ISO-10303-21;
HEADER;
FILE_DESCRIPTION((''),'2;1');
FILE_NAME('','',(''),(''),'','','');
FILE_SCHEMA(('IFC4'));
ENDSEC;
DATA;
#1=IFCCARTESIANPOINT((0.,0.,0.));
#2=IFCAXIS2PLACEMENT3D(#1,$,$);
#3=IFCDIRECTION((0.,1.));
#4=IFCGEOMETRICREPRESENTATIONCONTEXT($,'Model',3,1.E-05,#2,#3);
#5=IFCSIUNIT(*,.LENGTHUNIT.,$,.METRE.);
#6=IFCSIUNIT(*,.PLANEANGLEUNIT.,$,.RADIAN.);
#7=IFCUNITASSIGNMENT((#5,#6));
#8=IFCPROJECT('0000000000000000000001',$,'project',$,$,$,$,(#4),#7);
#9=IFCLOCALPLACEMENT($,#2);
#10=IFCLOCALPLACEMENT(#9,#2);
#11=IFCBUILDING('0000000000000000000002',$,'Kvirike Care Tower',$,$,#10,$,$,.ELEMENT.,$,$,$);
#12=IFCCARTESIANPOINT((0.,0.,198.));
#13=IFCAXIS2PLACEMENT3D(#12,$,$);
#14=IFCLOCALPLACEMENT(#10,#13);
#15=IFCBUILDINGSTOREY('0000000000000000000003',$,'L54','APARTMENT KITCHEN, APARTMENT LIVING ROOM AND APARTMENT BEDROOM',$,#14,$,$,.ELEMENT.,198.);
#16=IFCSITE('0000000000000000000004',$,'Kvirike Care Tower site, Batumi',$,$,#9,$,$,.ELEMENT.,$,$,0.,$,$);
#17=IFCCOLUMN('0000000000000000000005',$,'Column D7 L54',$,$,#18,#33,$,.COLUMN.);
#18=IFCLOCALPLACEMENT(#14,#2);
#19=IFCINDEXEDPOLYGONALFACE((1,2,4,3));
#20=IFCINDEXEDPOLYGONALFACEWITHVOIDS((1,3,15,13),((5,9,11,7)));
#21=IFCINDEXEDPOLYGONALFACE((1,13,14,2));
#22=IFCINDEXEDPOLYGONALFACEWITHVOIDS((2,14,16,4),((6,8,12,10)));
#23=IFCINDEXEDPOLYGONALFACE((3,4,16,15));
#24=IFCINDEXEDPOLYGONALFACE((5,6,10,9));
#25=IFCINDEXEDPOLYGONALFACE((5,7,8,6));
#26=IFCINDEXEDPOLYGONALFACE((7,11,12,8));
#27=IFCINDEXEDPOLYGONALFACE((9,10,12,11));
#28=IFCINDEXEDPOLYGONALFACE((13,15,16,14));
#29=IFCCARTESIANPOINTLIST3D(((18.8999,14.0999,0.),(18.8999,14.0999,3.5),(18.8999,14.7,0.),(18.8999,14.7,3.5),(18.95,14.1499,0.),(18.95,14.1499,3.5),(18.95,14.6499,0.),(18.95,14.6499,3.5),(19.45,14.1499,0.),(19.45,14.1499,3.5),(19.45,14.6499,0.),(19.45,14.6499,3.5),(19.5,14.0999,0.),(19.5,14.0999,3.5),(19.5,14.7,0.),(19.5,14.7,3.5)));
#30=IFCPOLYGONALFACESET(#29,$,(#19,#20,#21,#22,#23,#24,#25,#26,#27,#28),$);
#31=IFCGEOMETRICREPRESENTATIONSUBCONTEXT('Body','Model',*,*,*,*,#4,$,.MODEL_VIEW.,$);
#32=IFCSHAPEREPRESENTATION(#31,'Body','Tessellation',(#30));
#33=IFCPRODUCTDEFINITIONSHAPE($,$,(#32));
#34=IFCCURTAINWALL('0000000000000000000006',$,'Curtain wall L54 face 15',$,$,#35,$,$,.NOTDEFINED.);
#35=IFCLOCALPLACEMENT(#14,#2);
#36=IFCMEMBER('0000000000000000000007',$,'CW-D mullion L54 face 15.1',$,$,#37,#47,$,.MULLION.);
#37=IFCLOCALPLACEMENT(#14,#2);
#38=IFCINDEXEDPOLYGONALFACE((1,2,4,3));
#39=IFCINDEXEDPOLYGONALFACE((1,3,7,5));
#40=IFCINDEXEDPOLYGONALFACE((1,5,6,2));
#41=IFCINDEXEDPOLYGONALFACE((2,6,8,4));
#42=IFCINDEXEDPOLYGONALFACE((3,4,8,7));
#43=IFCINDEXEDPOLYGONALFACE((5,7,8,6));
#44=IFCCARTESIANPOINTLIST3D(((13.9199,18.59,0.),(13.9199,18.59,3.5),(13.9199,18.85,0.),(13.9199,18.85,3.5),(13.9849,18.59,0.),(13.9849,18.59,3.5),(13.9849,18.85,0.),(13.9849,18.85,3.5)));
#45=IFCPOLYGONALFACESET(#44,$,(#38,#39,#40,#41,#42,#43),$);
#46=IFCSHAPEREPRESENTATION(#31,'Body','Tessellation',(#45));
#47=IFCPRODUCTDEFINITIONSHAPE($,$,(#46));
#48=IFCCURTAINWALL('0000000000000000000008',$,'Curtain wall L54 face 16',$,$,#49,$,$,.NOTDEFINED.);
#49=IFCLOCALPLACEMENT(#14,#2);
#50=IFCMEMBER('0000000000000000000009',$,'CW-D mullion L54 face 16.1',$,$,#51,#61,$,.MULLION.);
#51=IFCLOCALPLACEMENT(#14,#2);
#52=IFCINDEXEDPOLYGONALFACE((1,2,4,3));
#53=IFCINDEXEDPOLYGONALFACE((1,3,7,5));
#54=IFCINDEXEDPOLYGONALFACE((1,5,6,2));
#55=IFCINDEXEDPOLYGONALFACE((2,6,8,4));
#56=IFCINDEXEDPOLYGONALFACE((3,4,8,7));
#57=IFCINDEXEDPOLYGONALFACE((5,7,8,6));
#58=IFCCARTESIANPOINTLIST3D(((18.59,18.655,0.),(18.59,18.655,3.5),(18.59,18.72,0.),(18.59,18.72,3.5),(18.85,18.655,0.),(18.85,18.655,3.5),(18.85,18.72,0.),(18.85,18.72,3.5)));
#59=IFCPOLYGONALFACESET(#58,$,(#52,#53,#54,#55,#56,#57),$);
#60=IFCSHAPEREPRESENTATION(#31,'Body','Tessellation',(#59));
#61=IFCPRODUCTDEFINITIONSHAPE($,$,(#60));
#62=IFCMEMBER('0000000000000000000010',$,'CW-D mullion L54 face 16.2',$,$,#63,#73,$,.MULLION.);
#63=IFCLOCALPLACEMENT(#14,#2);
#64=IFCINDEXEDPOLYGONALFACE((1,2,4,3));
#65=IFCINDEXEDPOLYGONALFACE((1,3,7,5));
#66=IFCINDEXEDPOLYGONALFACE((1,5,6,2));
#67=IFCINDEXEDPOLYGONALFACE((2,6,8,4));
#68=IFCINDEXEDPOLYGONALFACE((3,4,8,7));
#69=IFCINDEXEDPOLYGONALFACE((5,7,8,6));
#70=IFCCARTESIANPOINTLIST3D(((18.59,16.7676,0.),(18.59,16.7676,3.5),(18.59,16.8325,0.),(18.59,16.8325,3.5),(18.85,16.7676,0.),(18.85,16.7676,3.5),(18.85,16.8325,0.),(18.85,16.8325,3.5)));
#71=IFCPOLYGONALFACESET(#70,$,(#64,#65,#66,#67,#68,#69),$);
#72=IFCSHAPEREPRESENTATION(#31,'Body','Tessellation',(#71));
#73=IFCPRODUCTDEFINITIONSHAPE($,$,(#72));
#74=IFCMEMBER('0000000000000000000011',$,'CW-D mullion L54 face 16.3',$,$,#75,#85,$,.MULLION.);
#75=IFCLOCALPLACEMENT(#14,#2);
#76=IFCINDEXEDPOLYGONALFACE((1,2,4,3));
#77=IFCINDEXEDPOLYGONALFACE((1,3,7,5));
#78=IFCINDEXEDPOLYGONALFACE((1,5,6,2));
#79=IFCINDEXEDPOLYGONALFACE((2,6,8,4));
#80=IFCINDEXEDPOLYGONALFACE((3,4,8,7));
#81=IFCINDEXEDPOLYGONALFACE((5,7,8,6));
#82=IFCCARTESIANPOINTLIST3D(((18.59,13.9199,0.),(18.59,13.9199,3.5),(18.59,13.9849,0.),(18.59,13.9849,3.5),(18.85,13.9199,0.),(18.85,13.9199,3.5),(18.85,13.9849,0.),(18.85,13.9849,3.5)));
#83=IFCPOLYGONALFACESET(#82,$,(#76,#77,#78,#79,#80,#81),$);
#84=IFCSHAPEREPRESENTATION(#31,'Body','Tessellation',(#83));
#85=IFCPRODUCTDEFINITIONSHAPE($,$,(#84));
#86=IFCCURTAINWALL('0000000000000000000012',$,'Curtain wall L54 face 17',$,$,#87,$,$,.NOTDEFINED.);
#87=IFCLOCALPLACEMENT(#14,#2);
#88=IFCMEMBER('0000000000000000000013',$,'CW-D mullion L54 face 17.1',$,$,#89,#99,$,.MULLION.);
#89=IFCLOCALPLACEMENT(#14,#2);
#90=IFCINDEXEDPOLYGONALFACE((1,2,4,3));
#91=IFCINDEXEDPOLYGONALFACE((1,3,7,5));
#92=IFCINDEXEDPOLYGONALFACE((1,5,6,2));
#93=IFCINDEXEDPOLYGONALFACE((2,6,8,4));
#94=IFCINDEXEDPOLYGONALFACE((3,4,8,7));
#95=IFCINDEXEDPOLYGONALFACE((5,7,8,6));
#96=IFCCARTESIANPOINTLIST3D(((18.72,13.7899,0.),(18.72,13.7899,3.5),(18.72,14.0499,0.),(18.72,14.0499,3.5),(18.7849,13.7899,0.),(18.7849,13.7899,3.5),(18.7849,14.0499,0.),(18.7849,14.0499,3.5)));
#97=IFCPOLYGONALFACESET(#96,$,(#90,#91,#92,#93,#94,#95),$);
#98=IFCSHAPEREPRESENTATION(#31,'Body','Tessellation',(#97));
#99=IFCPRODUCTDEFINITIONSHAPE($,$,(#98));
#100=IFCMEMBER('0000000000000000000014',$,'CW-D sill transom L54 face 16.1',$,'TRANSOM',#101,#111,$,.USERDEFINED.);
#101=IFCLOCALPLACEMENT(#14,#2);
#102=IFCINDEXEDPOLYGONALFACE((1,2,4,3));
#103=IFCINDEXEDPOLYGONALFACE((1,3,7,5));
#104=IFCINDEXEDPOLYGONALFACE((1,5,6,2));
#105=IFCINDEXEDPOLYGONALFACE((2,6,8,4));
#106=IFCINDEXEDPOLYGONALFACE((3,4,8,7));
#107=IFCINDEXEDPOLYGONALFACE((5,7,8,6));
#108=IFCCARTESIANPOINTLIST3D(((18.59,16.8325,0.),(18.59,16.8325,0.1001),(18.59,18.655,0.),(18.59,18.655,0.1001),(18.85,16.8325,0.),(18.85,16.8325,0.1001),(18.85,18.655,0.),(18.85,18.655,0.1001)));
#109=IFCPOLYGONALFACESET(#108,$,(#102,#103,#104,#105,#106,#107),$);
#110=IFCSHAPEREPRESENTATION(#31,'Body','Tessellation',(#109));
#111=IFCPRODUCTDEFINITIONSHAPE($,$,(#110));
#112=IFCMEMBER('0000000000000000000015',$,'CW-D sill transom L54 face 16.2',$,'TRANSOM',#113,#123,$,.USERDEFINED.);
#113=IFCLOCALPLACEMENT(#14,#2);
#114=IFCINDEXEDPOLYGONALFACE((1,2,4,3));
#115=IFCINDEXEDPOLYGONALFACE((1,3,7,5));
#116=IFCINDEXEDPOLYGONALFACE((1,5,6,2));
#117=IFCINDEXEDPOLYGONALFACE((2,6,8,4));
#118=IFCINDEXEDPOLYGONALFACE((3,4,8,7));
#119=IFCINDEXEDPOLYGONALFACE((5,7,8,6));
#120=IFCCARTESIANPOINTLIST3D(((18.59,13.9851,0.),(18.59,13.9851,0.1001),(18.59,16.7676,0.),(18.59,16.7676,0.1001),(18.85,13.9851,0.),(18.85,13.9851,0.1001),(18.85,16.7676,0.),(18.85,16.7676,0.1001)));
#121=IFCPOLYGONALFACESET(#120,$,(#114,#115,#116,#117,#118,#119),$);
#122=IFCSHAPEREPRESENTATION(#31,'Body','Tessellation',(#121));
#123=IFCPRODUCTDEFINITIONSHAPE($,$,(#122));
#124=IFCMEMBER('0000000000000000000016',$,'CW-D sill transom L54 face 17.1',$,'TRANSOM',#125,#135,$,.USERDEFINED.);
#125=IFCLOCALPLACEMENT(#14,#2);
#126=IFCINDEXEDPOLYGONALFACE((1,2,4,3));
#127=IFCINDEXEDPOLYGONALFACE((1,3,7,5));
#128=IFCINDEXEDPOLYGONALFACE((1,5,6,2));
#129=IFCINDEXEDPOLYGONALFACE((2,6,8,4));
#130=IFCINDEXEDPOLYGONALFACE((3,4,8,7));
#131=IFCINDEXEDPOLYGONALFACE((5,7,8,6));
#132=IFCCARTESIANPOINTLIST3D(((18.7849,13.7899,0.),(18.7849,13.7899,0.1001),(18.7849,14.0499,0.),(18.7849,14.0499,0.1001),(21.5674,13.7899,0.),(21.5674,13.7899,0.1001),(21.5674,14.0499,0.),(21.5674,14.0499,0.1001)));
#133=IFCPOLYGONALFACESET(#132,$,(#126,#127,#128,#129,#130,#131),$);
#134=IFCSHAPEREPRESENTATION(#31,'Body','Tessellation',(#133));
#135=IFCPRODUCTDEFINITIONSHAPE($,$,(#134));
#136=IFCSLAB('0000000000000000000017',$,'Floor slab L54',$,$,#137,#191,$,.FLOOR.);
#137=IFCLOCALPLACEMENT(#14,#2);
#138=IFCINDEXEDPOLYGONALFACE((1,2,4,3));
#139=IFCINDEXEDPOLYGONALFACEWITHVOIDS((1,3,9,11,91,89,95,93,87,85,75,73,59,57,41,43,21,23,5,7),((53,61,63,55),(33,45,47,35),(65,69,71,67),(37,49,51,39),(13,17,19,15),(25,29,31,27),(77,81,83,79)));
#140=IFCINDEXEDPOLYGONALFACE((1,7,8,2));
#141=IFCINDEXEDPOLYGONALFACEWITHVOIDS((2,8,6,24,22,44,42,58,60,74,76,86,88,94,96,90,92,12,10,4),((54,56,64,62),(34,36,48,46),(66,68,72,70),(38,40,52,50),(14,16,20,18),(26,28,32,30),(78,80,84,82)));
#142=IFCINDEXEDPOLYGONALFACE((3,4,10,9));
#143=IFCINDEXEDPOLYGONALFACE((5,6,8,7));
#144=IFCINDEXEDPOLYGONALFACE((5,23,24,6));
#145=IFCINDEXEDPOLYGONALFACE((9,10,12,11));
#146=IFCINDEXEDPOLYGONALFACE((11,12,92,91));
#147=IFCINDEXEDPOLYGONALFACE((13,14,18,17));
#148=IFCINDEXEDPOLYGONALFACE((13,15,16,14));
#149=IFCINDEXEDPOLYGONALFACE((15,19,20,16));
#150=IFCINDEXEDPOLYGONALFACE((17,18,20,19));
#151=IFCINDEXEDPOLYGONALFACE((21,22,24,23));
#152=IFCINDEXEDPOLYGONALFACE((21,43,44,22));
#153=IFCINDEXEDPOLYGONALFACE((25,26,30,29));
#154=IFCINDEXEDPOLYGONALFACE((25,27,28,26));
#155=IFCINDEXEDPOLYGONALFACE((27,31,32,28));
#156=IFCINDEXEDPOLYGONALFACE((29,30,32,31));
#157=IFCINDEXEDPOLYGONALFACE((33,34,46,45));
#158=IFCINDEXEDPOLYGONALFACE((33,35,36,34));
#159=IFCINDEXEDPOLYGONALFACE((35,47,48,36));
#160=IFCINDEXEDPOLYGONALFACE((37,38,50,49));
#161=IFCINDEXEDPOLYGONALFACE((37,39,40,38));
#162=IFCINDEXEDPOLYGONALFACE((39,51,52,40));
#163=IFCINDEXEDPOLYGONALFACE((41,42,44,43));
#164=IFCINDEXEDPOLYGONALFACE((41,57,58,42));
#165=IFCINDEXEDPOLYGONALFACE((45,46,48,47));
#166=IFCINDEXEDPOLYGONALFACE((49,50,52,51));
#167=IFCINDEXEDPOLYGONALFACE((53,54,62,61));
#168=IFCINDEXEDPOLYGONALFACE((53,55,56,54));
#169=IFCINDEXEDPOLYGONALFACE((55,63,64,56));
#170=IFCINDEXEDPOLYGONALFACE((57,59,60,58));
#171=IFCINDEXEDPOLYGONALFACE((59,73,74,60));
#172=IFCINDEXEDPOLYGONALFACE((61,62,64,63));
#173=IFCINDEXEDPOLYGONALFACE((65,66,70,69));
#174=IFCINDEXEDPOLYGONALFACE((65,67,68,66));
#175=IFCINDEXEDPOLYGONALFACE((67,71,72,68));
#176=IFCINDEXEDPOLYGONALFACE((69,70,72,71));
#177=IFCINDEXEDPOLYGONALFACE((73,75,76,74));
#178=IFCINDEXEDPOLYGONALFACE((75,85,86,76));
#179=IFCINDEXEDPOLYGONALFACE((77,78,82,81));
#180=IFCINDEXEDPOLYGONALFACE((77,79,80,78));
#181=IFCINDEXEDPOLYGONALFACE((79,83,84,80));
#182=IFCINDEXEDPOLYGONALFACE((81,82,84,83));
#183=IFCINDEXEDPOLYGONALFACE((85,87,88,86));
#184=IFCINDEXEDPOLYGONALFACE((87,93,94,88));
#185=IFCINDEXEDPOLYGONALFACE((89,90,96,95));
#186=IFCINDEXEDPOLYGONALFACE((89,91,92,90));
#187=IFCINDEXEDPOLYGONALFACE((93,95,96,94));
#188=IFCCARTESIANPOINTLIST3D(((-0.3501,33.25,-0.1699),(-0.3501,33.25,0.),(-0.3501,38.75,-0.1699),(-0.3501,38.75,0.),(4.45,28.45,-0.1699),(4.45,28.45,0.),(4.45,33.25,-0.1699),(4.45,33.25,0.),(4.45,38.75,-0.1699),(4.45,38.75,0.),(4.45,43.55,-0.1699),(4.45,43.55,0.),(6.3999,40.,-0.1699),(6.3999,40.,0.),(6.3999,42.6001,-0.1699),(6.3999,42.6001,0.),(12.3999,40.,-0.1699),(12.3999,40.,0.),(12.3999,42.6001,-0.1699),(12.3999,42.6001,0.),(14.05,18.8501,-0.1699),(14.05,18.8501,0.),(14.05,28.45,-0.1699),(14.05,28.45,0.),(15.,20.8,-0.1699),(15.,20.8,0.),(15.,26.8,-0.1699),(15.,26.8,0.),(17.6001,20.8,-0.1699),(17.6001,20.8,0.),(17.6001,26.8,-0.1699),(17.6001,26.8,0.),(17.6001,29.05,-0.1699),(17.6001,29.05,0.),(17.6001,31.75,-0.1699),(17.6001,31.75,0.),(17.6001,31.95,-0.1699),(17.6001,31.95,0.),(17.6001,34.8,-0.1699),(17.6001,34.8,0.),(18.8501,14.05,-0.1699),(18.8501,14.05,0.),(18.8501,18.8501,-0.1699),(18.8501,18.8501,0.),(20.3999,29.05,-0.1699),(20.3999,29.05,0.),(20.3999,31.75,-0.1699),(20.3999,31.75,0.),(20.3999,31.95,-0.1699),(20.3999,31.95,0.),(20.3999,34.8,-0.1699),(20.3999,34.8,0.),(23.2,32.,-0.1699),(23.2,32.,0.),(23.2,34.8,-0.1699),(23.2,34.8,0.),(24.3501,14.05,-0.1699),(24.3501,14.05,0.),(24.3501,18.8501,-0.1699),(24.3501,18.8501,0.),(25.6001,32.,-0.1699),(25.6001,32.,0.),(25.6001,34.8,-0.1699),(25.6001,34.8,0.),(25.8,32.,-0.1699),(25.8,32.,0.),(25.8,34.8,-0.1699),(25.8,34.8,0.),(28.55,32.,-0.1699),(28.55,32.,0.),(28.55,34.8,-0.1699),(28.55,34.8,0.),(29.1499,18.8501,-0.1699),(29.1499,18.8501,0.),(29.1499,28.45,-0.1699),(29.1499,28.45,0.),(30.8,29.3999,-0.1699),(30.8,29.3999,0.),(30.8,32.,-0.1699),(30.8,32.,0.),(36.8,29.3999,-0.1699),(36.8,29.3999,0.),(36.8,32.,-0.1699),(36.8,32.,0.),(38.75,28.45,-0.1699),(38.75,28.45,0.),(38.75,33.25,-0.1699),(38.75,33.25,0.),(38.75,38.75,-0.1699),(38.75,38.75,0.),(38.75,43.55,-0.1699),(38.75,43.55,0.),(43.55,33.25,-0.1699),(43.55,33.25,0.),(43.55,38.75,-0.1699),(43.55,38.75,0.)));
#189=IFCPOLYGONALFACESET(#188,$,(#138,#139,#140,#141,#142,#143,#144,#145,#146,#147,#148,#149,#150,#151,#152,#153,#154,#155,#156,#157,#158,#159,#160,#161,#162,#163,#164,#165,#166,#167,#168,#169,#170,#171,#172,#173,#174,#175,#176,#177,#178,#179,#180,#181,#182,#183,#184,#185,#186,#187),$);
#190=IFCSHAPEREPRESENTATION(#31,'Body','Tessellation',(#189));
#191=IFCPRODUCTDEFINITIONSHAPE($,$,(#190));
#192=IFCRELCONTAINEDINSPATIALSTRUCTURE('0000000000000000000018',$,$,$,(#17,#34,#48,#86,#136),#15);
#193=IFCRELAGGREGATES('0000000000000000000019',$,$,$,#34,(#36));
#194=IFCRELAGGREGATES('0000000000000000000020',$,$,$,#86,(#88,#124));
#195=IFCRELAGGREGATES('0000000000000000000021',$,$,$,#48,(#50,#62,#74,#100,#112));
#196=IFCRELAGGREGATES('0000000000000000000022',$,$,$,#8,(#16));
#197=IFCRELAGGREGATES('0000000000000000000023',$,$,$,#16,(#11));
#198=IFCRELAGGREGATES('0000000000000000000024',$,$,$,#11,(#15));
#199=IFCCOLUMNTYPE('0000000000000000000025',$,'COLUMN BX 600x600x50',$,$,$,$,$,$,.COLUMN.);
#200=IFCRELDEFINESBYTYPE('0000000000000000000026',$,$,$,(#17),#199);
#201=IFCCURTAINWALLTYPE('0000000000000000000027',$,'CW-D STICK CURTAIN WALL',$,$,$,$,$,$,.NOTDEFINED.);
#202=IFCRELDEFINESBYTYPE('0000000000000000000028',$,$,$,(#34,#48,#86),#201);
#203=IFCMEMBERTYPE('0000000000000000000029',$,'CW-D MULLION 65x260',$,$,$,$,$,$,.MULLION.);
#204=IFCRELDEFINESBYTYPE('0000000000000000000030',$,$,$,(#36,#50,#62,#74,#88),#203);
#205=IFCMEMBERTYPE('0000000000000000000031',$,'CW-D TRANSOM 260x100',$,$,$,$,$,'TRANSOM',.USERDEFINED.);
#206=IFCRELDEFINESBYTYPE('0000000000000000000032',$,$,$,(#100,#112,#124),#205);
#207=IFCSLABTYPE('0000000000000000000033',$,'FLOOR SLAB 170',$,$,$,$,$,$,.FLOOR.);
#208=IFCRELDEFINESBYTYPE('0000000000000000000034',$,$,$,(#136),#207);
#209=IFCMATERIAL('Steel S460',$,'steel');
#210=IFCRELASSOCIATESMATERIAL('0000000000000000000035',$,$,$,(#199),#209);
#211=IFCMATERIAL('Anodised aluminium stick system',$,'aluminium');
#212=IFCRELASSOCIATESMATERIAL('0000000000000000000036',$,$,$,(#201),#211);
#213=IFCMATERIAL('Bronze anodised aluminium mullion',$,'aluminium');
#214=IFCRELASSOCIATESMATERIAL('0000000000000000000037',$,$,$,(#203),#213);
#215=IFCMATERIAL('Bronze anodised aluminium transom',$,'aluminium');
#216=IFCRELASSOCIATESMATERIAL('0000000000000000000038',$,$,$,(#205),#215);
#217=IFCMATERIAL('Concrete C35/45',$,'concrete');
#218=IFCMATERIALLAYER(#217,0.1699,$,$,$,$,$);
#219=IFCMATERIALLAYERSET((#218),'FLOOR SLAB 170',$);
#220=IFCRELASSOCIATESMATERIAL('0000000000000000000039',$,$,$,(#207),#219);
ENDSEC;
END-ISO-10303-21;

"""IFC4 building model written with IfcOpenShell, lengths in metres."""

from ifc_helpers import new_model, si_unit, direction, frame, origin, origin_2d, place, context, subcontext, project, spatial, polyline, rectangle, hollow_rectangle, outline, extrude, material, layer, layer_set, material_profile, profile_set, type_object, element, aggregate, save


model = new_model("IFC4")

# Units and contexts
model_context = context("Model", 3, precision=1e-05, world=origin(), true_north=direction((0.0, 1.0)))
body_context = subcontext(model_context, "Body", "Model", "MODEL_VIEW")
ifc_project = project(units=[si_unit("LENGTHUNIT", "METRE"), si_unit("PLANEANGLEUNIT", "RADIAN")], contexts=[model_context])

# Site, building, storey
site_placement = place(None, origin())
site = spatial("IfcSite", under=ifc_project, at=site_placement, Name="Kvirike Care Tower site, Batumi", CompositionType="ELEMENT", RefElevation=0.0)
building_placement = place(site_placement, origin())
building = spatial("IfcBuilding", under=site, at=building_placement, Name="Kvirike Care Tower", CompositionType="ELEMENT")
storey_placement = place(building_placement, frame((0.0, 0.0, 198.0)))
storey = spatial("IfcBuildingStorey", under=building, at=storey_placement, Name="L54", Description="APARTMENT KITCHEN, APARTMENT LIVING ROOM AND APARTMENT BEDROOM", CompositionType="ELEMENT", Elevation=198.0)

# Column
ifc_material_1 = material(Name="Steel S460", Category="steel")
ifc_material_profile_1 = material_profile(ifc_material_1, hollow_rectangle(XDim=0.6001, YDim=0.6001, WallThickness=0.05, at=origin_2d()), Name="BX 600x600x50")
ifc_profile_set_1 = profile_set([ifc_material_profile_1], Name="Steel S460")
column_type = type_object("IfcColumnType", Name="COLUMN BX 600x600x50", PredefinedType="COLUMN", material=ifc_profile_set_1)
column_placement = place(storey_placement, frame((19.2, 14.3999, 0.0), z_axis=(0.0, 0.0, 1.0), x_axis=(0.0, 1.0, 0.0)))
element("IfcColumn", 1, at=column_placement, inside=storey, type_object=column_type, Name="Column D7 L54", PredefinedType="COLUMN", context=body_context, shape_type="SweptSolid", body=[
    extrude(hollow_rectangle(XDim=0.6001, YDim=0.6001, WallThickness=0.05, at=origin_2d()), origin(), (0.0, 0.0, 1.0), 3.5),
])

# Curtain wall, member
ifc_material_2 = material(Name="Anodised aluminium stick system", Category="aluminium")
curtain_wall_type = type_object("IfcCurtainWallType", Name="CW-D STICK CURTAIN WALL", PredefinedType="NOTDEFINED", material=ifc_material_2)
curtain_wall_1_placement = place(storey_placement, origin())
curtain_wall_1 = element("IfcCurtainWall", 2, at=curtain_wall_1_placement, inside=storey, type_object=curtain_wall_type, Name="Curtain wall L54 face 15", PredefinedType="NOTDEFINED")
ifc_material_3 = material(Name="Bronze anodised aluminium mullion", Category="aluminium")
ifc_material_profile_2 = material_profile(ifc_material_3, rectangle(XDim=0.0649, YDim=0.26, at=origin_2d()), Name="CW-D MULLION 65x260")
ifc_profile_set_2 = profile_set([ifc_material_profile_2], Name="Bronze anodised aluminium mullion")
member_type_1 = type_object("IfcMemberType", Name="CW-D MULLION 65x260", PredefinedType="MULLION", material=ifc_profile_set_2)
member_1_placement = place(storey_placement, frame((13.9524, 18.72, 0.0), z_axis=(0.0, 0.0, 1.0), x_axis=(1.0, 0.0, 0.0)))
member_1 = element("IfcMember", 3, at=member_1_placement, type_object=member_type_1, Name="CW-D mullion L54 face 15.1", PredefinedType="MULLION", context=body_context, shape_type="SweptSolid", body=[
    extrude(rectangle(XDim=0.0649, YDim=0.26, at=origin_2d()), origin(), (0.0, 0.0, 1.0), 3.5),
])
aggregate(curtain_wall_1, [member_1])

# Curtain wall, members
curtain_wall_2_placement = place(storey_placement, origin())
curtain_wall_2 = element("IfcCurtainWall", 4, at=curtain_wall_2_placement, inside=storey, type_object=curtain_wall_type, Name="Curtain wall L54 face 16", PredefinedType="NOTDEFINED")
member_2_placement = place(storey_placement, frame((18.72, 18.6875, 0.0), z_axis=(0.0, 0.0, 1.0), x_axis=(0.0, -1.0, 0.0)))
member_2 = element("IfcMember", 5, at=member_2_placement, type_object=member_type_1, Name="CW-D mullion L54 face 16.1", PredefinedType="MULLION", context=body_context, shape_type="SweptSolid", body=[
    extrude(rectangle(XDim=0.0649, YDim=0.26, at=origin_2d()), origin(), (0.0, 0.0, 1.0), 3.5),
])
member_3_placement = place(storey_placement, frame((18.72, 16.8, 0.0), z_axis=(0.0, 0.0, 1.0), x_axis=(0.0, -1.0, 0.0)))
member_3 = element("IfcMember", 6, at=member_3_placement, type_object=member_type_1, Name="CW-D mullion L54 face 16.2", PredefinedType="MULLION", context=body_context, shape_type="SweptSolid", body=[
    extrude(rectangle(XDim=0.0649, YDim=0.26, at=origin_2d()), origin(), (0.0, 0.0, 1.0), 3.5),
])
member_4_placement = place(storey_placement, frame((18.72, 13.9524, 0.0), z_axis=(0.0, 0.0, 1.0), x_axis=(0.0, -1.0, 0.0)))
member_4 = element("IfcMember", 7, at=member_4_placement, type_object=member_type_1, Name="CW-D mullion L54 face 16.3", PredefinedType="MULLION", context=body_context, shape_type="SweptSolid", body=[
    extrude(rectangle(XDim=0.0649, YDim=0.26, at=origin_2d()), origin(), (0.0, 0.0, 1.0), 3.5),
])

# Curtain wall, member
curtain_wall_3_placement = place(storey_placement, origin())
curtain_wall_3 = element("IfcCurtainWall", 8, at=curtain_wall_3_placement, inside=storey, type_object=curtain_wall_type, Name="Curtain wall L54 face 17", PredefinedType="NOTDEFINED")
member_5_placement = place(storey_placement, frame((18.7524, 13.9199, 0.0), z_axis=(0.0, 0.0, 1.0), x_axis=(1.0, 0.0, 0.0)))
member_5 = element("IfcMember", 9, at=member_5_placement, type_object=member_type_1, Name="CW-D mullion L54 face 17.1", PredefinedType="MULLION", context=body_context, shape_type="SweptSolid", body=[
    extrude(rectangle(XDim=0.0649, YDim=0.26, at=origin_2d()), origin(), (0.0, 0.0, 1.0), 3.5),
])

# Members
ifc_material_4 = material(Name="Bronze anodised aluminium transom", Category="aluminium")
ifc_material_profile_3 = material_profile(ifc_material_4, rectangle(XDim=0.26, YDim=0.1001, at=origin_2d()), Name="CW-D TRANSOM 260x100")
ifc_profile_set_3 = profile_set([ifc_material_profile_3], Name="Bronze anodised aluminium transom")
member_type_2 = type_object("IfcMemberType", Name="CW-D TRANSOM 260x100", ElementType="TRANSOM", PredefinedType="USERDEFINED", material=ifc_profile_set_3)
member_6_placement = place(storey_placement, frame((18.72, 18.655, 0.05), z_axis=(0.0, -1.0, 0.0), x_axis=(1.0, 0.0, 0.0)))
member_6 = element("IfcMember", 10, at=member_6_placement, type_object=member_type_2, Name="CW-D sill transom L54 face 16.1", ObjectType="TRANSOM", PredefinedType="USERDEFINED", context=body_context, shape_type="SweptSolid", body=[
    extrude(rectangle(XDim=0.26, YDim=0.1001, at=origin_2d()), origin(), (0.0, 0.0, 1.0), 1.8225),
])
member_7_placement = place(storey_placement, frame((18.72, 16.7676, 0.05), z_axis=(0.0, -1.0, 0.0), x_axis=(1.0, 0.0, 0.0)))
member_7 = element("IfcMember", 11, at=member_7_placement, type_object=member_type_2, Name="CW-D sill transom L54 face 16.2", ObjectType="TRANSOM", PredefinedType="USERDEFINED", context=body_context, shape_type="SweptSolid", body=[
    extrude(rectangle(XDim=0.26, YDim=0.1001, at=origin_2d()), origin(), (0.0, 0.0, 1.0), 2.7825),
])
member_8_placement = place(storey_placement, frame((18.7849, 13.9199, 0.05), z_axis=(1.0, 0.0, 0.0), x_axis=(0.0, 1.0, 0.0)))
member_8 = element("IfcMember", 12, at=member_8_placement, type_object=member_type_2, Name="CW-D sill transom L54 face 17.1", ObjectType="TRANSOM", PredefinedType="USERDEFINED", context=body_context, shape_type="SweptSolid", body=[
    extrude(rectangle(XDim=0.26, YDim=0.1001, at=origin_2d()), origin(), (0.0, 0.0, 1.0), 2.7825),
])
aggregate(curtain_wall_3, [member_5, member_8])

# Slab
ifc_material_5 = material(Name="Concrete C35/45", Category="concrete")
ifc_layer_1 = layer(ifc_material_5, 0.1699)
ifc_layer_set_1 = layer_set([ifc_layer_1], Name="FLOOR SLAB 170")
slab_type_1 = type_object("IfcSlabType", Name="FLOOR SLAB 170", PredefinedType="FLOOR", material=ifc_layer_set_1)
slab_1_placement = place(storey_placement, frame((0.0, 0.0, -0.1699)))
element("IfcSlab", 13, at=slab_1_placement, inside=storey, type_object=slab_type_1, Name="Floor slab L54", PredefinedType="FLOOR", context=body_context, shape_type="SweptSolid", body=[
    extrude(outline(polyline([(29.1499, 28.45), (38.75, 28.45), (38.75, 33.25), (43.55, 33.25), (43.55, 38.75), (38.75, 38.75), (38.75, 43.55), (4.45, 43.55), (4.45, 38.75), (-0.3501, 38.75), (-0.3501, 33.25), (4.45, 33.25), (4.45, 28.45), (14.05, 28.45), (14.05, 18.8501), (18.8501, 18.8501), (18.8501, 14.05), (24.3501, 14.05), (24.3501, 18.8501), (29.1499, 18.8501), (29.1499, 28.45)]), holes=[polyline([(17.6001, 29.05), (17.6001, 31.75), (20.3999, 31.75), (20.3999, 29.05), (17.6001, 29.05)]), polyline([(17.6001, 31.95), (17.6001, 34.8), (20.3999, 34.8), (20.3999, 31.95), (17.6001, 31.95)]), polyline([(23.2, 32.0), (23.2, 34.8), (25.6001, 34.8), (25.6001, 32.0), (23.2, 32.0)]), polyline([(25.8, 32.0), (25.8, 34.8), (28.55, 34.8), (28.55, 32.0), (25.8, 32.0)]), polyline([(12.3999, 42.6001), (12.3999, 40.0), (6.3999, 40.0), (6.3999, 42.6001), (12.3999, 42.6001)]), polyline([(30.8, 29.3999), (30.8, 32.0), (36.8, 32.0), (36.8, 29.3999), (30.8, 29.3999)]), polyline([(15.0, 26.8), (17.6001, 26.8), (17.6001, 20.8), (15.0, 20.8), (15.0, 26.8)])]), origin(), (0.0, 0.0, 1.0), 0.1699),
])

aggregate(curtain_wall_2, [member_2, member_3, member_4, member_6, member_7])

save(model, "model.ifc")
